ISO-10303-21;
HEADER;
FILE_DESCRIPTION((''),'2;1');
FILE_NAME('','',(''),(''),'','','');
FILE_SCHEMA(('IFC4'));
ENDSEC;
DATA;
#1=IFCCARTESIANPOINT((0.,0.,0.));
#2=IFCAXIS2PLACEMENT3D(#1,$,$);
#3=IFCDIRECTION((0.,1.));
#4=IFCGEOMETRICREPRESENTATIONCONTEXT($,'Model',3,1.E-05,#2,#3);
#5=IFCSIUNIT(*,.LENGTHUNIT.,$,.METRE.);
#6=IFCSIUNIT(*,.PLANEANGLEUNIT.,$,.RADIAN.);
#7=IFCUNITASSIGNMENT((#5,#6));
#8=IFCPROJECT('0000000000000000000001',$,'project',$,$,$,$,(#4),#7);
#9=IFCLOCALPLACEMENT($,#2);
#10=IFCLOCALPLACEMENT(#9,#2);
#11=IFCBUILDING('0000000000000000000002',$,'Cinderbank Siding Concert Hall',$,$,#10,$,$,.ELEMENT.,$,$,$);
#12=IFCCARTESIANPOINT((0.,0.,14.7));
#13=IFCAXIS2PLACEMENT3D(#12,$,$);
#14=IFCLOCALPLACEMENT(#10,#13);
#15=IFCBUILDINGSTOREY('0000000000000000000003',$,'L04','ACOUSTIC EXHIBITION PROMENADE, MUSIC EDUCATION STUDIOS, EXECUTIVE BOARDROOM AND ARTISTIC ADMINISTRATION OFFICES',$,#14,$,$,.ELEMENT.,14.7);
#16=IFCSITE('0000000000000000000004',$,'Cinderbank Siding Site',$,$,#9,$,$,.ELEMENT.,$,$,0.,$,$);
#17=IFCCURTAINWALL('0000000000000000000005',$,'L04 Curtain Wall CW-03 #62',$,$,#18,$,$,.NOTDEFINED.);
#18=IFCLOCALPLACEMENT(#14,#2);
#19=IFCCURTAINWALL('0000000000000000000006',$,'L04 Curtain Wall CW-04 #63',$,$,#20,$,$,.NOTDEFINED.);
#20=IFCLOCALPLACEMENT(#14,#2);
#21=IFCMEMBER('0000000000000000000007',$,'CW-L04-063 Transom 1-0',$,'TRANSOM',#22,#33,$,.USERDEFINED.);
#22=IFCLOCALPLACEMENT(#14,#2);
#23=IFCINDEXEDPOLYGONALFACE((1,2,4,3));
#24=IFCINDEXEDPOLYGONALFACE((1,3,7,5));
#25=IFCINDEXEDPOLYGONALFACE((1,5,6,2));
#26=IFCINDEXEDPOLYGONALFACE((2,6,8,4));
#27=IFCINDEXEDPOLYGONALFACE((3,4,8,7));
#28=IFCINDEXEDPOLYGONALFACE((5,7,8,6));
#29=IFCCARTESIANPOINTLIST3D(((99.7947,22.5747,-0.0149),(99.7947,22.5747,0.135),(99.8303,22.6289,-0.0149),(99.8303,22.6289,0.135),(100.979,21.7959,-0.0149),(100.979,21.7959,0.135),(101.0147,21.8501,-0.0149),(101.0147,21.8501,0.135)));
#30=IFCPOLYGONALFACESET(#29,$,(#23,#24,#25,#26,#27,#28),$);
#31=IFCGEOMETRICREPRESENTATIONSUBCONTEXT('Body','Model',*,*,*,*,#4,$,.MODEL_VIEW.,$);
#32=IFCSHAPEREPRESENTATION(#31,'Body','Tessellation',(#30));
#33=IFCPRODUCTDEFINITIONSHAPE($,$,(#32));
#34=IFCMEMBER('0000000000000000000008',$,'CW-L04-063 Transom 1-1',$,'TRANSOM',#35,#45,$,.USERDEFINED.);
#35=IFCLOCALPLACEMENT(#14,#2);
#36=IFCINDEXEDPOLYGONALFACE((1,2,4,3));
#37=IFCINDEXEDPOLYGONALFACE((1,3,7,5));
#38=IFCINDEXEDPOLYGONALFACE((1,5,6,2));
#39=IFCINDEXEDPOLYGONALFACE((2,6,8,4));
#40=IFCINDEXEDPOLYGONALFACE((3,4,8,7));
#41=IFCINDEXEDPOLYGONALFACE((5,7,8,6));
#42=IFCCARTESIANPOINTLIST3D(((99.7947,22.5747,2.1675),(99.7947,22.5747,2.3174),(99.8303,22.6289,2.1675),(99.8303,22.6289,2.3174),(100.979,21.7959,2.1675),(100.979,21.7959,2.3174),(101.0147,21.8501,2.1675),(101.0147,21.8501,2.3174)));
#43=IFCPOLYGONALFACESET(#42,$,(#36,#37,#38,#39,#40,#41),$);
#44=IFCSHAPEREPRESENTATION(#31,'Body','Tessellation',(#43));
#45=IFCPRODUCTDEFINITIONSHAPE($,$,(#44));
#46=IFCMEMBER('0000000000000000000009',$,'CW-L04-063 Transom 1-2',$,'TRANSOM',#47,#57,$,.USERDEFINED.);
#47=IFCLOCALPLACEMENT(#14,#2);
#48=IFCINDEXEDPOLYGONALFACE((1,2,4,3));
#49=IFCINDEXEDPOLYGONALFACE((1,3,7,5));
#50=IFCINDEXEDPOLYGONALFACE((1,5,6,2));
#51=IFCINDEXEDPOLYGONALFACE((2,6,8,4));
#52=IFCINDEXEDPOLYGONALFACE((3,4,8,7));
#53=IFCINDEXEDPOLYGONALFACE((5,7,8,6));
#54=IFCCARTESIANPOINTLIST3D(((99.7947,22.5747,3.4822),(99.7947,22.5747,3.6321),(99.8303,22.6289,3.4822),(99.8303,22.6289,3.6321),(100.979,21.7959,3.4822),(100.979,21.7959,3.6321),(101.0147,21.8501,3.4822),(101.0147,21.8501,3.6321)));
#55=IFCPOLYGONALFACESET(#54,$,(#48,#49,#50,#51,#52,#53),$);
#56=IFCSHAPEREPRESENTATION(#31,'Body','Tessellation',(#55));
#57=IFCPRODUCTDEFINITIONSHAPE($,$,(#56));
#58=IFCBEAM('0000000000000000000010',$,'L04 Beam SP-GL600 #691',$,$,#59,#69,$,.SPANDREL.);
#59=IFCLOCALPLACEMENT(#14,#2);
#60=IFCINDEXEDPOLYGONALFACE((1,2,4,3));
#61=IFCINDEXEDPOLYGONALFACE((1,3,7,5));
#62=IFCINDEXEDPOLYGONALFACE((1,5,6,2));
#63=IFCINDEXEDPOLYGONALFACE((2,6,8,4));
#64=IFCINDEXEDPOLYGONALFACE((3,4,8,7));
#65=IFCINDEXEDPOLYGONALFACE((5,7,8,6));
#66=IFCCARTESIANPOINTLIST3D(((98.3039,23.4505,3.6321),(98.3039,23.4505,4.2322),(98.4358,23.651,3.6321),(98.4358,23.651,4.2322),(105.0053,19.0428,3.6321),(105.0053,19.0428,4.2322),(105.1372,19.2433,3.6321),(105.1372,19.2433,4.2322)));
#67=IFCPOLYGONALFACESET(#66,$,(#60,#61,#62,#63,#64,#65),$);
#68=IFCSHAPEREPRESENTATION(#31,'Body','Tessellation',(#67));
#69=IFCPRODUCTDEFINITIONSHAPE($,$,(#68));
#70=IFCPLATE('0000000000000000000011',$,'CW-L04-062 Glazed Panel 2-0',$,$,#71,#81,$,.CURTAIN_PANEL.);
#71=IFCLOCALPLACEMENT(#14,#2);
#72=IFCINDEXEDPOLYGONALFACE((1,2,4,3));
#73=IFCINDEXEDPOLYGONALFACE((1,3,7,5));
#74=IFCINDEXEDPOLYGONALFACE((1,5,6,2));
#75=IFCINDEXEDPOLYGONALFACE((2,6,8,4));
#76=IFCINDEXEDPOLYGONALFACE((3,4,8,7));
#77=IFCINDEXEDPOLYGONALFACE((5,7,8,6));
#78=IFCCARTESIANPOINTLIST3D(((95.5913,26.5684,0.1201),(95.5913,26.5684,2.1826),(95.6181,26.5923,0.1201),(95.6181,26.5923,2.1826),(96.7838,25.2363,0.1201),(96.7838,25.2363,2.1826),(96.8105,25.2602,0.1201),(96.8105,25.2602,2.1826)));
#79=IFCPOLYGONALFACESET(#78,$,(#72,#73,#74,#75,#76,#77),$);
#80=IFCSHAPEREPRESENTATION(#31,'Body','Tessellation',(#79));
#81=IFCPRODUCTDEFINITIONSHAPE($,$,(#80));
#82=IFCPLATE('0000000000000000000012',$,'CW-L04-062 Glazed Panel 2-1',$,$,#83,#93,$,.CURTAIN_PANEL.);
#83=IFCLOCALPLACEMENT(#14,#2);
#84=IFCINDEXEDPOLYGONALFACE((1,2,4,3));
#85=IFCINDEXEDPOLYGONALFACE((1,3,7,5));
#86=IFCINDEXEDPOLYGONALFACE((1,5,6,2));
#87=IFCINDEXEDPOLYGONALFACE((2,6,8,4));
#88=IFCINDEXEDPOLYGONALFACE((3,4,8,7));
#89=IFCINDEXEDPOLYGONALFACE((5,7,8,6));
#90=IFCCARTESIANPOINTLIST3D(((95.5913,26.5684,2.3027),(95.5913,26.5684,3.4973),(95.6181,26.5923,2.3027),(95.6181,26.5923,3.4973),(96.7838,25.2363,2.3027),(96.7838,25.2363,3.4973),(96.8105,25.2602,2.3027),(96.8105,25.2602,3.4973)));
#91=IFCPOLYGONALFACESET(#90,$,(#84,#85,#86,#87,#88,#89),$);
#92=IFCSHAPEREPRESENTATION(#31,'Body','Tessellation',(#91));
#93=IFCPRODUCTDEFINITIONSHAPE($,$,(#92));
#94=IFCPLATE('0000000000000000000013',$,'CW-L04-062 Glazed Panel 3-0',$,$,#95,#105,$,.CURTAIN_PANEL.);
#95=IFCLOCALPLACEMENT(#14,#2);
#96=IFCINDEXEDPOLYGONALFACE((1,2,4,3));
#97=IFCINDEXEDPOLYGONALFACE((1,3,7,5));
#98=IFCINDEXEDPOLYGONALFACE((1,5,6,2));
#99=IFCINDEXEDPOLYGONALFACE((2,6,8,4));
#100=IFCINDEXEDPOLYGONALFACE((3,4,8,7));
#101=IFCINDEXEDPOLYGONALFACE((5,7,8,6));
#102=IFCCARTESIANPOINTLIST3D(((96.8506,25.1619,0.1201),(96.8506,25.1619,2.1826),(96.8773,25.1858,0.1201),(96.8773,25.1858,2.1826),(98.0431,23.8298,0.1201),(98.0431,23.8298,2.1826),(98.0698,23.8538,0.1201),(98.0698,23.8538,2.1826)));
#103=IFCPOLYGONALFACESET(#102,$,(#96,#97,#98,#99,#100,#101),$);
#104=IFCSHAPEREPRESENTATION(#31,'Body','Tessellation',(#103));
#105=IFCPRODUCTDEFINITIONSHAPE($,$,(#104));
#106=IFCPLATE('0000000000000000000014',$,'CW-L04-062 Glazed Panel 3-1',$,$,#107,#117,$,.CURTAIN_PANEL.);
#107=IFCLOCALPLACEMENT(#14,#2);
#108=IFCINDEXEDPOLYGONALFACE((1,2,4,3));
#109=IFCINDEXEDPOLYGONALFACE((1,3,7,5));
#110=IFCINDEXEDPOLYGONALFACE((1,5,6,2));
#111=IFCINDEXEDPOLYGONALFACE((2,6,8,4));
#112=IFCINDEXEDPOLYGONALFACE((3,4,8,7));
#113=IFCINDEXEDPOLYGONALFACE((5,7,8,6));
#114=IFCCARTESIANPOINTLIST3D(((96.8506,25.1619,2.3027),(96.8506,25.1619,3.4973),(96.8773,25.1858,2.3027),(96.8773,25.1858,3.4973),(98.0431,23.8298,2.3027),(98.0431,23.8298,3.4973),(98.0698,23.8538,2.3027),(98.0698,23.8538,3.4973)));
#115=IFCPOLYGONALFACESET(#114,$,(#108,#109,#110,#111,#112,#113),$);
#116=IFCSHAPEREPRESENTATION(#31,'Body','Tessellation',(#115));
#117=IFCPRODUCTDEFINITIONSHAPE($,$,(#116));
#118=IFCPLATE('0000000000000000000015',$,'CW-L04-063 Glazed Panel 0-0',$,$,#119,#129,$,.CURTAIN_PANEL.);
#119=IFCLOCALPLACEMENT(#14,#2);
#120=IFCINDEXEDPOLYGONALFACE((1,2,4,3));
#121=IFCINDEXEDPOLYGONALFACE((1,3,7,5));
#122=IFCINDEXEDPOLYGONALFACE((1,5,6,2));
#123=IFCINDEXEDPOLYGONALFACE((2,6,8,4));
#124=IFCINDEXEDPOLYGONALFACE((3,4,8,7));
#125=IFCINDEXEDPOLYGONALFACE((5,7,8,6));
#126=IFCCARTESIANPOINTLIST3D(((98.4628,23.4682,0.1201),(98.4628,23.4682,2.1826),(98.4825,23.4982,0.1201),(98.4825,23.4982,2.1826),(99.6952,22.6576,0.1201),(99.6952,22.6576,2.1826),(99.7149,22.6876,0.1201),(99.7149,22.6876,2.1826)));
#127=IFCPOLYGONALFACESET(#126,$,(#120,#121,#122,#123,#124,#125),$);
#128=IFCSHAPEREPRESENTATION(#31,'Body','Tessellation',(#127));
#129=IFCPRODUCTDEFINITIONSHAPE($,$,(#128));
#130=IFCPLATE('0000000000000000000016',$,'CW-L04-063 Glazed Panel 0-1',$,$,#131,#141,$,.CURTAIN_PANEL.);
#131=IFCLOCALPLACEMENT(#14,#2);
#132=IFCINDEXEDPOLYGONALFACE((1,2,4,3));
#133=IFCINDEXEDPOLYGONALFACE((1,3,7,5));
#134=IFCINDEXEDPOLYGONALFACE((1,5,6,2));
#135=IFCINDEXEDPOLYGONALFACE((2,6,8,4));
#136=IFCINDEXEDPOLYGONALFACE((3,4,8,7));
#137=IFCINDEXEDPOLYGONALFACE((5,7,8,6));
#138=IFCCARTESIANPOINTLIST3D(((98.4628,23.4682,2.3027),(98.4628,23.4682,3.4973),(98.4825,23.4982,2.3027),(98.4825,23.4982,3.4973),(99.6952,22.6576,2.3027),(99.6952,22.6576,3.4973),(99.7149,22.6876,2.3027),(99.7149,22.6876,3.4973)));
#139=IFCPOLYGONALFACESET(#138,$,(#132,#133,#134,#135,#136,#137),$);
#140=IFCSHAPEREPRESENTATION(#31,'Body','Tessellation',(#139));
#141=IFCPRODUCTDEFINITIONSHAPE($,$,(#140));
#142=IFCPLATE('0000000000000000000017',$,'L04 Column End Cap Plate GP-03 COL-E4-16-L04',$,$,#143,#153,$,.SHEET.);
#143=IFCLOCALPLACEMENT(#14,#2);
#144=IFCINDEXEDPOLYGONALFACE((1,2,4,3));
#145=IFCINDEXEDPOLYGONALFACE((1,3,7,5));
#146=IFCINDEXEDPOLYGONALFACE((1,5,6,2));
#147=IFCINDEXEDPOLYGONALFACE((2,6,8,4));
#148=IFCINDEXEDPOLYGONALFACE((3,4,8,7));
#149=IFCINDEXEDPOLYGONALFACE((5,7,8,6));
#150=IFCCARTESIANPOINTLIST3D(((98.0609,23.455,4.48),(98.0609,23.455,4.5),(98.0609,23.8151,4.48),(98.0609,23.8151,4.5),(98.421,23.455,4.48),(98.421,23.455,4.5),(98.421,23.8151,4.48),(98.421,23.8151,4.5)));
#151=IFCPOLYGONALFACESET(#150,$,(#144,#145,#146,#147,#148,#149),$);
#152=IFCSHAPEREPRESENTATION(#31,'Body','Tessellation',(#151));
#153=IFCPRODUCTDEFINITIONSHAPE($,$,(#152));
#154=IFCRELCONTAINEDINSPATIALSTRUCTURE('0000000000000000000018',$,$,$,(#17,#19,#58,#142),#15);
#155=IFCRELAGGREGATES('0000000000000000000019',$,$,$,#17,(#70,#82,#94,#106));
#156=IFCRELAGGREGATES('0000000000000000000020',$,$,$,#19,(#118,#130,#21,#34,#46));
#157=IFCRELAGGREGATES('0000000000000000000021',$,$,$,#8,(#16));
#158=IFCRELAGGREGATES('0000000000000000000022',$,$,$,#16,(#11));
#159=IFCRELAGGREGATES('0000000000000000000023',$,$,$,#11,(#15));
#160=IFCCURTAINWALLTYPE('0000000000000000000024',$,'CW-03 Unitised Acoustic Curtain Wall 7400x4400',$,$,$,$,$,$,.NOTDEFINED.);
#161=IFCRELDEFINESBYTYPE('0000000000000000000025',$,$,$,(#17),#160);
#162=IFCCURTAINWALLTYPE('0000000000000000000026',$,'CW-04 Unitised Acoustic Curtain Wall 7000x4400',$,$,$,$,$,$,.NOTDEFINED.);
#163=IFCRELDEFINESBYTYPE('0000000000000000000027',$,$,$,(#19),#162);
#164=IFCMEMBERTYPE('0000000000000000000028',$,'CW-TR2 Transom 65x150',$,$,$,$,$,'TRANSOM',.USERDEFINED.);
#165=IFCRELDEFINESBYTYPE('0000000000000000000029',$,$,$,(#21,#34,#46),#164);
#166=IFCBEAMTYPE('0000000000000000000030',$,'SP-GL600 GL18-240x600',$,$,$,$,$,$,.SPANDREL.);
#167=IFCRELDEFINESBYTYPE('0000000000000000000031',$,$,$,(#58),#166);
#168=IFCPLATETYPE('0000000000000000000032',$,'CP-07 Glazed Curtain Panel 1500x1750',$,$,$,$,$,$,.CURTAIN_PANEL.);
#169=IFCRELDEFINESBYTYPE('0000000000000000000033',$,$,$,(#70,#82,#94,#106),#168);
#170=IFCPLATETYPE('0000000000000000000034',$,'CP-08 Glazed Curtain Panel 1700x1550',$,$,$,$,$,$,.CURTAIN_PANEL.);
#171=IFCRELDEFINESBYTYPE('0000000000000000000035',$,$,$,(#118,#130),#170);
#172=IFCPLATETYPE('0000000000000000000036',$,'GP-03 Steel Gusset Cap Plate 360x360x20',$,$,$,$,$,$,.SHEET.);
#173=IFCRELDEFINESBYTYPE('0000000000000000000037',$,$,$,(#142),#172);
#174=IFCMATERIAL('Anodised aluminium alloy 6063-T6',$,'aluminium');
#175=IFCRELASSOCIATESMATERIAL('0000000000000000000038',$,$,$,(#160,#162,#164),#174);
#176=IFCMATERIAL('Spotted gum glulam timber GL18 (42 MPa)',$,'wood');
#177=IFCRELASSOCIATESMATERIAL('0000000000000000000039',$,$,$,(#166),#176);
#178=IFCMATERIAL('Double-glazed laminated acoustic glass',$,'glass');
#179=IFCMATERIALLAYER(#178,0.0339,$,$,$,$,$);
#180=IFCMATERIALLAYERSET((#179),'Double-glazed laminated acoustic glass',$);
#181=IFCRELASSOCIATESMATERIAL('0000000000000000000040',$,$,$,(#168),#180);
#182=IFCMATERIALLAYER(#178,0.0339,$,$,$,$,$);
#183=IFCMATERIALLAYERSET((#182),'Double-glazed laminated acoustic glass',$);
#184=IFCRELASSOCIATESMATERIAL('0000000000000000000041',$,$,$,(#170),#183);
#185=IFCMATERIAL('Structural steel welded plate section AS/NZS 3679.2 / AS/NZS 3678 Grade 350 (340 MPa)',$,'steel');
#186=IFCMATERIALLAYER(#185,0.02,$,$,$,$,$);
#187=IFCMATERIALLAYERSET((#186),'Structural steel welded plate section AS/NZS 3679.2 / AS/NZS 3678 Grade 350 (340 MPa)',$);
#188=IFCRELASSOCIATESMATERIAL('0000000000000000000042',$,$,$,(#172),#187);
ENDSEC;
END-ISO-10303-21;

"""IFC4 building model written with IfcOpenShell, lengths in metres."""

from ifc_helpers import new_model, si_unit, direction, frame, origin, origin_2d, place, context, subcontext, project, spatial, rectangle, extrude, material, layer, layer_set, material_profile, profile_set, type_object, element, aggregate, save


model = new_model("IFC4")

# Units and contexts
model_context = context("Model", 3, precision=1e-05, world=origin(), true_north=direction((0.0, 1.0)))
body_context = subcontext(model_context, "Body", "Model", "MODEL_VIEW")
ifc_project = project(units=[si_unit("LENGTHUNIT", "METRE"), si_unit("PLANEANGLEUNIT", "RADIAN")], contexts=[model_context])

# Site, building, storey
site_placement = place(None, origin())
site = spatial("IfcSite", under=ifc_project, at=site_placement, Name="Cinderbank Siding Site", CompositionType="ELEMENT", RefElevation=0.0)
building_placement = place(site_placement, origin())
building = spatial("IfcBuilding", under=site, at=building_placement, Name="Cinderbank Siding Concert Hall", CompositionType="ELEMENT")
storey_placement = place(building_placement, frame((0.0, 0.0, 14.7)))
storey = spatial("IfcBuildingStorey", under=building, at=storey_placement, Name="L04", Description="ACOUSTIC EXHIBITION PROMENADE, MUSIC EDUCATION STUDIOS, EXECUTIVE BOARDROOM AND ARTISTIC ADMINISTRATION OFFICES", CompositionType="ELEMENT", Elevation=14.7)

# Curtain walls
ifc_material_1 = material(Name="Anodised aluminium alloy 6063-T6", Category="aluminium")
curtain_wall_type_1 = type_object("IfcCurtainWallType", Name="CW-03 Unitised Acoustic Curtain Wall 7400x4400", PredefinedType="NOTDEFINED", material=ifc_material_1)
curtain_wall_1_placement = place(storey_placement, origin())
curtain_wall_1 = element("IfcCurtainWall", 1, at=curtain_wall_1_placement, inside=storey, type_object=curtain_wall_type_1, Name="L04 Curtain Wall CW-03 #62", PredefinedType="NOTDEFINED")
curtain_wall_type_2 = type_object("IfcCurtainWallType", Name="CW-04 Unitised Acoustic Curtain Wall 7000x4400", PredefinedType="NOTDEFINED", material=ifc_material_1)
curtain_wall_2_placement = place(storey_placement, origin())
curtain_wall_2 = element("IfcCurtainWall", 2, at=curtain_wall_2_placement, inside=storey, type_object=curtain_wall_type_2, Name="L04 Curtain Wall CW-04 #63", PredefinedType="NOTDEFINED")

# Members
ifc_material_profile_1 = material_profile(ifc_material_1, rectangle(XDim=0.0649, YDim=0.1499, at=origin_2d()), Name="ALU-TRAN-65x150", Category="LoadBearing")
ifc_profile_set_1 = profile_set([ifc_material_profile_1], Name="Anodised aluminium alloy 6063-T6")
member_type_1 = type_object("IfcMemberType", Name="CW-TR2 Transom 65x150", ElementType="TRANSOM", PredefinedType="USERDEFINED", material=ifc_profile_set_1)
member_1_placement = place(storey_placement, frame((99.8125, 22.6018, 0.0601), z_axis=(0.835532, -0.549443, 0.0), x_axis=(0.549443, 0.835532, 0.0)))
member_1 = element("IfcMember", 3, at=member_1_placement, type_object=member_type_1, Name="CW-L04-063 Transom 1-0", ObjectType="TRANSOM", PredefinedType="USERDEFINED", context=body_context, shape_type="SweptSolid", body=[
    extrude(rectangle(XDim=0.0649, YDim=0.1499, at=origin_2d()), origin(), (0.0, 0.0, 1.0), 1.4175),
])
member_2_placement = place(storey_placement, frame((99.8125, 22.6018, 2.2424), z_axis=(0.835532, -0.549443, 0.0), x_axis=(0.549443, 0.835532, 0.0)))
member_2 = element("IfcMember", 4, at=member_2_placement, type_object=member_type_1, Name="CW-L04-063 Transom 1-1", ObjectType="TRANSOM", PredefinedType="USERDEFINED", context=body_context, shape_type="SweptSolid", body=[
    extrude(rectangle(XDim=0.0649, YDim=0.1499, at=origin_2d()), origin(), (0.0, 0.0, 1.0), 1.4175),
])
member_3_placement = place(storey_placement, frame((99.8125, 22.6018, 3.5571), z_axis=(0.835532, -0.549443, 0.0), x_axis=(0.549443, 0.835532, 0.0)))
member_3 = element("IfcMember", 5, at=member_3_placement, type_object=member_type_1, Name="CW-L04-063 Transom 1-2", ObjectType="TRANSOM", PredefinedType="USERDEFINED", context=body_context, shape_type="SweptSolid", body=[
    extrude(rectangle(XDim=0.0649, YDim=0.1499, at=origin_2d()), origin(), (0.0, 0.0, 1.0), 1.4175),
])

# Beam
ifc_material_2 = material(Name="Spotted gum glulam timber GL18 (42 MPa)", Category="wood")
ifc_material_profile_2 = material_profile(ifc_material_2, rectangle(XDim=0.24, YDim=0.6001, at=origin_2d()), Name="GL18-240x600", Category="LoadBearing")
ifc_profile_set_2 = profile_set([ifc_material_profile_2], Name="Spotted gum glulam timber GL18 (42 MPa)")
beam_type = type_object("IfcBeamType", Name="SP-GL600 GL18-240x600", PredefinedType="SPANDREL", material=ifc_profile_set_2)
beam_placement = place(storey_placement, frame((98.3699, 23.5508, 3.9321), z_axis=(0.835481, -0.54952, 0.0), x_axis=(0.54952, 0.835481, 0.0)))
element("IfcBeam", 6, at=beam_placement, inside=storey, type_object=beam_type, Name="L04 Beam SP-GL600 #691", PredefinedType="SPANDREL", context=body_context, shape_type="SweptSolid", body=[
    extrude(rectangle(XDim=0.24, YDim=0.6001, at=origin_2d()), origin(), (0.0, 0.0, 1.0), 8.021),
])

# Plates
ifc_material_3 = material(Name="Double-glazed laminated acoustic glass", Category="glass")
ifc_layer_1 = layer(ifc_material_3, 0.0339)
ifc_layer_set_1 = layer_set([ifc_layer_1], Name="Double-glazed laminated acoustic glass")
plate_type_1 = type_object("IfcPlateType", Name="CP-07 Glazed Curtain Panel 1500x1750", PredefinedType="CURTAIN_PANEL", material=ifc_layer_set_1)
plate_1_placement = place(storey_placement, frame((96.2009, 25.9143, 0.1201), z_axis=(0.0, 0.0, 1.0), x_axis=(0.666993, -0.745064, 0.0)))
plate_1 = element("IfcPlate", 7, at=plate_1_placement, type_object=plate_type_1, Name="CW-L04-062 Glazed Panel 2-0", PredefinedType="CURTAIN_PANEL", context=body_context, shape_type="SweptSolid", body=[
    extrude(rectangle(XDim=1.7878, YDim=0.0359, at=origin_2d()), origin(), (0.0, 0.0, 1.0), 2.0625),
])
plate_2_placement = place(storey_placement, frame((96.2009, 25.9143, 2.3027), z_axis=(0.0, 0.0, 1.0), x_axis=(0.666993, -0.745064, 0.0)))
plate_2 = element("IfcPlate", 8, at=plate_2_placement, type_object=plate_type_1, Name="CW-L04-062 Glazed Panel 2-1", PredefinedType="CURTAIN_PANEL", context=body_context, shape_type="SweptSolid", body=[
    extrude(rectangle(XDim=1.7878, YDim=0.0359, at=origin_2d()), origin(), (0.0, 0.0, 1.0), 1.1946),
])
plate_3_placement = place(storey_placement, frame((97.4602, 24.5078, 0.1201), z_axis=(0.0, 0.0, 1.0), x_axis=(0.666993, -0.745064, 0.0)))
plate_3 = element("IfcPlate", 9, at=plate_3_placement, type_object=plate_type_1, Name="CW-L04-062 Glazed Panel 3-0", PredefinedType="CURTAIN_PANEL", context=body_context, shape_type="SweptSolid", body=[
    extrude(rectangle(XDim=1.7878, YDim=0.0359, at=origin_2d()), origin(), (0.0, 0.0, 1.0), 2.0625),
])
plate_4_placement = place(storey_placement, frame((97.4602, 24.5078, 2.3027), z_axis=(0.0, 0.0, 1.0), x_axis=(0.666993, -0.745064, 0.0)))
plate_4 = element("IfcPlate", 10, at=plate_4_placement, type_object=plate_type_1, Name="CW-L04-062 Glazed Panel 3-1", PredefinedType="CURTAIN_PANEL", context=body_context, shape_type="SweptSolid", body=[
    extrude(rectangle(XDim=1.7878, YDim=0.0359, at=origin_2d()), origin(), (0.0, 0.0, 1.0), 1.1946),
])
aggregate(curtain_wall_1, [plate_1, plate_2, plate_3, plate_4])
ifc_layer_2 = layer(ifc_material_3, 0.0339)
ifc_layer_set_2 = layer_set([ifc_layer_2], Name="Double-glazed laminated acoustic glass")
plate_type_2 = type_object("IfcPlateType", Name="CP-08 Glazed Curtain Panel 1700x1550", PredefinedType="CURTAIN_PANEL", material=ifc_layer_set_2)
plate_5_placement = place(storey_placement, frame((99.0889, 23.0779, 0.1201), z_axis=(0.0, 0.0, 1.0), x_axis=(0.835492, -0.549503, 0.0)))
plate_5 = element("IfcPlate", 11, at=plate_5_placement, type_object=plate_type_2, Name="CW-L04-063 Glazed Panel 0-0", PredefinedType="CURTAIN_PANEL", context=body_context, shape_type="SweptSolid", body=[
    extrude(rectangle(XDim=1.4751, YDim=0.0359, at=origin_2d()), origin(), (0.0, 0.0, 1.0), 2.0625),
])
plate_6_placement = place(storey_placement, frame((99.0889, 23.0779, 2.3027), z_axis=(0.0, 0.0, 1.0), x_axis=(0.835492, -0.549503, 0.0)))
plate_6 = element("IfcPlate", 12, at=plate_6_placement, type_object=plate_type_2, Name="CW-L04-063 Glazed Panel 0-1", PredefinedType="CURTAIN_PANEL", context=body_context, shape_type="SweptSolid", body=[
    extrude(rectangle(XDim=1.4751, YDim=0.0359, at=origin_2d()), origin(), (0.0, 0.0, 1.0), 1.1946),
])
aggregate(curtain_wall_2, [plate_5, plate_6, member_1, member_2, member_3])
ifc_material_4 = material(Name="Structural steel welded plate section AS/NZS 3679.2 / AS/NZS 3678 Grade 350 (340 MPa)", Category="steel")
ifc_layer_3 = layer(ifc_material_4, 0.02)
ifc_layer_set_3 = layer_set([ifc_layer_3], Name="Structural steel welded plate section AS/NZS 3679.2 / AS/NZS 3678 Grade 350 (340 MPa)")
plate_type_3 = type_object("IfcPlateType", Name="GP-03 Steel Gusset Cap Plate 360x360x20", PredefinedType="SHEET", material=ifc_layer_set_3)
plate_7_placement = place(storey_placement, frame((98.241, 23.635, 4.48), z_axis=(0.0, 0.0, 1.0), x_axis=(1.0, 0.0, 0.0)))
element("IfcPlate", 13, at=plate_7_placement, inside=storey, type_object=plate_type_3, Name="L04 Column End Cap Plate GP-03 COL-E4-16-L04", PredefinedType="SHEET", context=body_context, shape_type="SweptSolid", body=[
    extrude(rectangle(XDim=0.3601, YDim=0.3601, at=origin_2d()), origin(), (0.0, 0.0, 1.0), 0.02),
])

save(model, "model.ifc")
